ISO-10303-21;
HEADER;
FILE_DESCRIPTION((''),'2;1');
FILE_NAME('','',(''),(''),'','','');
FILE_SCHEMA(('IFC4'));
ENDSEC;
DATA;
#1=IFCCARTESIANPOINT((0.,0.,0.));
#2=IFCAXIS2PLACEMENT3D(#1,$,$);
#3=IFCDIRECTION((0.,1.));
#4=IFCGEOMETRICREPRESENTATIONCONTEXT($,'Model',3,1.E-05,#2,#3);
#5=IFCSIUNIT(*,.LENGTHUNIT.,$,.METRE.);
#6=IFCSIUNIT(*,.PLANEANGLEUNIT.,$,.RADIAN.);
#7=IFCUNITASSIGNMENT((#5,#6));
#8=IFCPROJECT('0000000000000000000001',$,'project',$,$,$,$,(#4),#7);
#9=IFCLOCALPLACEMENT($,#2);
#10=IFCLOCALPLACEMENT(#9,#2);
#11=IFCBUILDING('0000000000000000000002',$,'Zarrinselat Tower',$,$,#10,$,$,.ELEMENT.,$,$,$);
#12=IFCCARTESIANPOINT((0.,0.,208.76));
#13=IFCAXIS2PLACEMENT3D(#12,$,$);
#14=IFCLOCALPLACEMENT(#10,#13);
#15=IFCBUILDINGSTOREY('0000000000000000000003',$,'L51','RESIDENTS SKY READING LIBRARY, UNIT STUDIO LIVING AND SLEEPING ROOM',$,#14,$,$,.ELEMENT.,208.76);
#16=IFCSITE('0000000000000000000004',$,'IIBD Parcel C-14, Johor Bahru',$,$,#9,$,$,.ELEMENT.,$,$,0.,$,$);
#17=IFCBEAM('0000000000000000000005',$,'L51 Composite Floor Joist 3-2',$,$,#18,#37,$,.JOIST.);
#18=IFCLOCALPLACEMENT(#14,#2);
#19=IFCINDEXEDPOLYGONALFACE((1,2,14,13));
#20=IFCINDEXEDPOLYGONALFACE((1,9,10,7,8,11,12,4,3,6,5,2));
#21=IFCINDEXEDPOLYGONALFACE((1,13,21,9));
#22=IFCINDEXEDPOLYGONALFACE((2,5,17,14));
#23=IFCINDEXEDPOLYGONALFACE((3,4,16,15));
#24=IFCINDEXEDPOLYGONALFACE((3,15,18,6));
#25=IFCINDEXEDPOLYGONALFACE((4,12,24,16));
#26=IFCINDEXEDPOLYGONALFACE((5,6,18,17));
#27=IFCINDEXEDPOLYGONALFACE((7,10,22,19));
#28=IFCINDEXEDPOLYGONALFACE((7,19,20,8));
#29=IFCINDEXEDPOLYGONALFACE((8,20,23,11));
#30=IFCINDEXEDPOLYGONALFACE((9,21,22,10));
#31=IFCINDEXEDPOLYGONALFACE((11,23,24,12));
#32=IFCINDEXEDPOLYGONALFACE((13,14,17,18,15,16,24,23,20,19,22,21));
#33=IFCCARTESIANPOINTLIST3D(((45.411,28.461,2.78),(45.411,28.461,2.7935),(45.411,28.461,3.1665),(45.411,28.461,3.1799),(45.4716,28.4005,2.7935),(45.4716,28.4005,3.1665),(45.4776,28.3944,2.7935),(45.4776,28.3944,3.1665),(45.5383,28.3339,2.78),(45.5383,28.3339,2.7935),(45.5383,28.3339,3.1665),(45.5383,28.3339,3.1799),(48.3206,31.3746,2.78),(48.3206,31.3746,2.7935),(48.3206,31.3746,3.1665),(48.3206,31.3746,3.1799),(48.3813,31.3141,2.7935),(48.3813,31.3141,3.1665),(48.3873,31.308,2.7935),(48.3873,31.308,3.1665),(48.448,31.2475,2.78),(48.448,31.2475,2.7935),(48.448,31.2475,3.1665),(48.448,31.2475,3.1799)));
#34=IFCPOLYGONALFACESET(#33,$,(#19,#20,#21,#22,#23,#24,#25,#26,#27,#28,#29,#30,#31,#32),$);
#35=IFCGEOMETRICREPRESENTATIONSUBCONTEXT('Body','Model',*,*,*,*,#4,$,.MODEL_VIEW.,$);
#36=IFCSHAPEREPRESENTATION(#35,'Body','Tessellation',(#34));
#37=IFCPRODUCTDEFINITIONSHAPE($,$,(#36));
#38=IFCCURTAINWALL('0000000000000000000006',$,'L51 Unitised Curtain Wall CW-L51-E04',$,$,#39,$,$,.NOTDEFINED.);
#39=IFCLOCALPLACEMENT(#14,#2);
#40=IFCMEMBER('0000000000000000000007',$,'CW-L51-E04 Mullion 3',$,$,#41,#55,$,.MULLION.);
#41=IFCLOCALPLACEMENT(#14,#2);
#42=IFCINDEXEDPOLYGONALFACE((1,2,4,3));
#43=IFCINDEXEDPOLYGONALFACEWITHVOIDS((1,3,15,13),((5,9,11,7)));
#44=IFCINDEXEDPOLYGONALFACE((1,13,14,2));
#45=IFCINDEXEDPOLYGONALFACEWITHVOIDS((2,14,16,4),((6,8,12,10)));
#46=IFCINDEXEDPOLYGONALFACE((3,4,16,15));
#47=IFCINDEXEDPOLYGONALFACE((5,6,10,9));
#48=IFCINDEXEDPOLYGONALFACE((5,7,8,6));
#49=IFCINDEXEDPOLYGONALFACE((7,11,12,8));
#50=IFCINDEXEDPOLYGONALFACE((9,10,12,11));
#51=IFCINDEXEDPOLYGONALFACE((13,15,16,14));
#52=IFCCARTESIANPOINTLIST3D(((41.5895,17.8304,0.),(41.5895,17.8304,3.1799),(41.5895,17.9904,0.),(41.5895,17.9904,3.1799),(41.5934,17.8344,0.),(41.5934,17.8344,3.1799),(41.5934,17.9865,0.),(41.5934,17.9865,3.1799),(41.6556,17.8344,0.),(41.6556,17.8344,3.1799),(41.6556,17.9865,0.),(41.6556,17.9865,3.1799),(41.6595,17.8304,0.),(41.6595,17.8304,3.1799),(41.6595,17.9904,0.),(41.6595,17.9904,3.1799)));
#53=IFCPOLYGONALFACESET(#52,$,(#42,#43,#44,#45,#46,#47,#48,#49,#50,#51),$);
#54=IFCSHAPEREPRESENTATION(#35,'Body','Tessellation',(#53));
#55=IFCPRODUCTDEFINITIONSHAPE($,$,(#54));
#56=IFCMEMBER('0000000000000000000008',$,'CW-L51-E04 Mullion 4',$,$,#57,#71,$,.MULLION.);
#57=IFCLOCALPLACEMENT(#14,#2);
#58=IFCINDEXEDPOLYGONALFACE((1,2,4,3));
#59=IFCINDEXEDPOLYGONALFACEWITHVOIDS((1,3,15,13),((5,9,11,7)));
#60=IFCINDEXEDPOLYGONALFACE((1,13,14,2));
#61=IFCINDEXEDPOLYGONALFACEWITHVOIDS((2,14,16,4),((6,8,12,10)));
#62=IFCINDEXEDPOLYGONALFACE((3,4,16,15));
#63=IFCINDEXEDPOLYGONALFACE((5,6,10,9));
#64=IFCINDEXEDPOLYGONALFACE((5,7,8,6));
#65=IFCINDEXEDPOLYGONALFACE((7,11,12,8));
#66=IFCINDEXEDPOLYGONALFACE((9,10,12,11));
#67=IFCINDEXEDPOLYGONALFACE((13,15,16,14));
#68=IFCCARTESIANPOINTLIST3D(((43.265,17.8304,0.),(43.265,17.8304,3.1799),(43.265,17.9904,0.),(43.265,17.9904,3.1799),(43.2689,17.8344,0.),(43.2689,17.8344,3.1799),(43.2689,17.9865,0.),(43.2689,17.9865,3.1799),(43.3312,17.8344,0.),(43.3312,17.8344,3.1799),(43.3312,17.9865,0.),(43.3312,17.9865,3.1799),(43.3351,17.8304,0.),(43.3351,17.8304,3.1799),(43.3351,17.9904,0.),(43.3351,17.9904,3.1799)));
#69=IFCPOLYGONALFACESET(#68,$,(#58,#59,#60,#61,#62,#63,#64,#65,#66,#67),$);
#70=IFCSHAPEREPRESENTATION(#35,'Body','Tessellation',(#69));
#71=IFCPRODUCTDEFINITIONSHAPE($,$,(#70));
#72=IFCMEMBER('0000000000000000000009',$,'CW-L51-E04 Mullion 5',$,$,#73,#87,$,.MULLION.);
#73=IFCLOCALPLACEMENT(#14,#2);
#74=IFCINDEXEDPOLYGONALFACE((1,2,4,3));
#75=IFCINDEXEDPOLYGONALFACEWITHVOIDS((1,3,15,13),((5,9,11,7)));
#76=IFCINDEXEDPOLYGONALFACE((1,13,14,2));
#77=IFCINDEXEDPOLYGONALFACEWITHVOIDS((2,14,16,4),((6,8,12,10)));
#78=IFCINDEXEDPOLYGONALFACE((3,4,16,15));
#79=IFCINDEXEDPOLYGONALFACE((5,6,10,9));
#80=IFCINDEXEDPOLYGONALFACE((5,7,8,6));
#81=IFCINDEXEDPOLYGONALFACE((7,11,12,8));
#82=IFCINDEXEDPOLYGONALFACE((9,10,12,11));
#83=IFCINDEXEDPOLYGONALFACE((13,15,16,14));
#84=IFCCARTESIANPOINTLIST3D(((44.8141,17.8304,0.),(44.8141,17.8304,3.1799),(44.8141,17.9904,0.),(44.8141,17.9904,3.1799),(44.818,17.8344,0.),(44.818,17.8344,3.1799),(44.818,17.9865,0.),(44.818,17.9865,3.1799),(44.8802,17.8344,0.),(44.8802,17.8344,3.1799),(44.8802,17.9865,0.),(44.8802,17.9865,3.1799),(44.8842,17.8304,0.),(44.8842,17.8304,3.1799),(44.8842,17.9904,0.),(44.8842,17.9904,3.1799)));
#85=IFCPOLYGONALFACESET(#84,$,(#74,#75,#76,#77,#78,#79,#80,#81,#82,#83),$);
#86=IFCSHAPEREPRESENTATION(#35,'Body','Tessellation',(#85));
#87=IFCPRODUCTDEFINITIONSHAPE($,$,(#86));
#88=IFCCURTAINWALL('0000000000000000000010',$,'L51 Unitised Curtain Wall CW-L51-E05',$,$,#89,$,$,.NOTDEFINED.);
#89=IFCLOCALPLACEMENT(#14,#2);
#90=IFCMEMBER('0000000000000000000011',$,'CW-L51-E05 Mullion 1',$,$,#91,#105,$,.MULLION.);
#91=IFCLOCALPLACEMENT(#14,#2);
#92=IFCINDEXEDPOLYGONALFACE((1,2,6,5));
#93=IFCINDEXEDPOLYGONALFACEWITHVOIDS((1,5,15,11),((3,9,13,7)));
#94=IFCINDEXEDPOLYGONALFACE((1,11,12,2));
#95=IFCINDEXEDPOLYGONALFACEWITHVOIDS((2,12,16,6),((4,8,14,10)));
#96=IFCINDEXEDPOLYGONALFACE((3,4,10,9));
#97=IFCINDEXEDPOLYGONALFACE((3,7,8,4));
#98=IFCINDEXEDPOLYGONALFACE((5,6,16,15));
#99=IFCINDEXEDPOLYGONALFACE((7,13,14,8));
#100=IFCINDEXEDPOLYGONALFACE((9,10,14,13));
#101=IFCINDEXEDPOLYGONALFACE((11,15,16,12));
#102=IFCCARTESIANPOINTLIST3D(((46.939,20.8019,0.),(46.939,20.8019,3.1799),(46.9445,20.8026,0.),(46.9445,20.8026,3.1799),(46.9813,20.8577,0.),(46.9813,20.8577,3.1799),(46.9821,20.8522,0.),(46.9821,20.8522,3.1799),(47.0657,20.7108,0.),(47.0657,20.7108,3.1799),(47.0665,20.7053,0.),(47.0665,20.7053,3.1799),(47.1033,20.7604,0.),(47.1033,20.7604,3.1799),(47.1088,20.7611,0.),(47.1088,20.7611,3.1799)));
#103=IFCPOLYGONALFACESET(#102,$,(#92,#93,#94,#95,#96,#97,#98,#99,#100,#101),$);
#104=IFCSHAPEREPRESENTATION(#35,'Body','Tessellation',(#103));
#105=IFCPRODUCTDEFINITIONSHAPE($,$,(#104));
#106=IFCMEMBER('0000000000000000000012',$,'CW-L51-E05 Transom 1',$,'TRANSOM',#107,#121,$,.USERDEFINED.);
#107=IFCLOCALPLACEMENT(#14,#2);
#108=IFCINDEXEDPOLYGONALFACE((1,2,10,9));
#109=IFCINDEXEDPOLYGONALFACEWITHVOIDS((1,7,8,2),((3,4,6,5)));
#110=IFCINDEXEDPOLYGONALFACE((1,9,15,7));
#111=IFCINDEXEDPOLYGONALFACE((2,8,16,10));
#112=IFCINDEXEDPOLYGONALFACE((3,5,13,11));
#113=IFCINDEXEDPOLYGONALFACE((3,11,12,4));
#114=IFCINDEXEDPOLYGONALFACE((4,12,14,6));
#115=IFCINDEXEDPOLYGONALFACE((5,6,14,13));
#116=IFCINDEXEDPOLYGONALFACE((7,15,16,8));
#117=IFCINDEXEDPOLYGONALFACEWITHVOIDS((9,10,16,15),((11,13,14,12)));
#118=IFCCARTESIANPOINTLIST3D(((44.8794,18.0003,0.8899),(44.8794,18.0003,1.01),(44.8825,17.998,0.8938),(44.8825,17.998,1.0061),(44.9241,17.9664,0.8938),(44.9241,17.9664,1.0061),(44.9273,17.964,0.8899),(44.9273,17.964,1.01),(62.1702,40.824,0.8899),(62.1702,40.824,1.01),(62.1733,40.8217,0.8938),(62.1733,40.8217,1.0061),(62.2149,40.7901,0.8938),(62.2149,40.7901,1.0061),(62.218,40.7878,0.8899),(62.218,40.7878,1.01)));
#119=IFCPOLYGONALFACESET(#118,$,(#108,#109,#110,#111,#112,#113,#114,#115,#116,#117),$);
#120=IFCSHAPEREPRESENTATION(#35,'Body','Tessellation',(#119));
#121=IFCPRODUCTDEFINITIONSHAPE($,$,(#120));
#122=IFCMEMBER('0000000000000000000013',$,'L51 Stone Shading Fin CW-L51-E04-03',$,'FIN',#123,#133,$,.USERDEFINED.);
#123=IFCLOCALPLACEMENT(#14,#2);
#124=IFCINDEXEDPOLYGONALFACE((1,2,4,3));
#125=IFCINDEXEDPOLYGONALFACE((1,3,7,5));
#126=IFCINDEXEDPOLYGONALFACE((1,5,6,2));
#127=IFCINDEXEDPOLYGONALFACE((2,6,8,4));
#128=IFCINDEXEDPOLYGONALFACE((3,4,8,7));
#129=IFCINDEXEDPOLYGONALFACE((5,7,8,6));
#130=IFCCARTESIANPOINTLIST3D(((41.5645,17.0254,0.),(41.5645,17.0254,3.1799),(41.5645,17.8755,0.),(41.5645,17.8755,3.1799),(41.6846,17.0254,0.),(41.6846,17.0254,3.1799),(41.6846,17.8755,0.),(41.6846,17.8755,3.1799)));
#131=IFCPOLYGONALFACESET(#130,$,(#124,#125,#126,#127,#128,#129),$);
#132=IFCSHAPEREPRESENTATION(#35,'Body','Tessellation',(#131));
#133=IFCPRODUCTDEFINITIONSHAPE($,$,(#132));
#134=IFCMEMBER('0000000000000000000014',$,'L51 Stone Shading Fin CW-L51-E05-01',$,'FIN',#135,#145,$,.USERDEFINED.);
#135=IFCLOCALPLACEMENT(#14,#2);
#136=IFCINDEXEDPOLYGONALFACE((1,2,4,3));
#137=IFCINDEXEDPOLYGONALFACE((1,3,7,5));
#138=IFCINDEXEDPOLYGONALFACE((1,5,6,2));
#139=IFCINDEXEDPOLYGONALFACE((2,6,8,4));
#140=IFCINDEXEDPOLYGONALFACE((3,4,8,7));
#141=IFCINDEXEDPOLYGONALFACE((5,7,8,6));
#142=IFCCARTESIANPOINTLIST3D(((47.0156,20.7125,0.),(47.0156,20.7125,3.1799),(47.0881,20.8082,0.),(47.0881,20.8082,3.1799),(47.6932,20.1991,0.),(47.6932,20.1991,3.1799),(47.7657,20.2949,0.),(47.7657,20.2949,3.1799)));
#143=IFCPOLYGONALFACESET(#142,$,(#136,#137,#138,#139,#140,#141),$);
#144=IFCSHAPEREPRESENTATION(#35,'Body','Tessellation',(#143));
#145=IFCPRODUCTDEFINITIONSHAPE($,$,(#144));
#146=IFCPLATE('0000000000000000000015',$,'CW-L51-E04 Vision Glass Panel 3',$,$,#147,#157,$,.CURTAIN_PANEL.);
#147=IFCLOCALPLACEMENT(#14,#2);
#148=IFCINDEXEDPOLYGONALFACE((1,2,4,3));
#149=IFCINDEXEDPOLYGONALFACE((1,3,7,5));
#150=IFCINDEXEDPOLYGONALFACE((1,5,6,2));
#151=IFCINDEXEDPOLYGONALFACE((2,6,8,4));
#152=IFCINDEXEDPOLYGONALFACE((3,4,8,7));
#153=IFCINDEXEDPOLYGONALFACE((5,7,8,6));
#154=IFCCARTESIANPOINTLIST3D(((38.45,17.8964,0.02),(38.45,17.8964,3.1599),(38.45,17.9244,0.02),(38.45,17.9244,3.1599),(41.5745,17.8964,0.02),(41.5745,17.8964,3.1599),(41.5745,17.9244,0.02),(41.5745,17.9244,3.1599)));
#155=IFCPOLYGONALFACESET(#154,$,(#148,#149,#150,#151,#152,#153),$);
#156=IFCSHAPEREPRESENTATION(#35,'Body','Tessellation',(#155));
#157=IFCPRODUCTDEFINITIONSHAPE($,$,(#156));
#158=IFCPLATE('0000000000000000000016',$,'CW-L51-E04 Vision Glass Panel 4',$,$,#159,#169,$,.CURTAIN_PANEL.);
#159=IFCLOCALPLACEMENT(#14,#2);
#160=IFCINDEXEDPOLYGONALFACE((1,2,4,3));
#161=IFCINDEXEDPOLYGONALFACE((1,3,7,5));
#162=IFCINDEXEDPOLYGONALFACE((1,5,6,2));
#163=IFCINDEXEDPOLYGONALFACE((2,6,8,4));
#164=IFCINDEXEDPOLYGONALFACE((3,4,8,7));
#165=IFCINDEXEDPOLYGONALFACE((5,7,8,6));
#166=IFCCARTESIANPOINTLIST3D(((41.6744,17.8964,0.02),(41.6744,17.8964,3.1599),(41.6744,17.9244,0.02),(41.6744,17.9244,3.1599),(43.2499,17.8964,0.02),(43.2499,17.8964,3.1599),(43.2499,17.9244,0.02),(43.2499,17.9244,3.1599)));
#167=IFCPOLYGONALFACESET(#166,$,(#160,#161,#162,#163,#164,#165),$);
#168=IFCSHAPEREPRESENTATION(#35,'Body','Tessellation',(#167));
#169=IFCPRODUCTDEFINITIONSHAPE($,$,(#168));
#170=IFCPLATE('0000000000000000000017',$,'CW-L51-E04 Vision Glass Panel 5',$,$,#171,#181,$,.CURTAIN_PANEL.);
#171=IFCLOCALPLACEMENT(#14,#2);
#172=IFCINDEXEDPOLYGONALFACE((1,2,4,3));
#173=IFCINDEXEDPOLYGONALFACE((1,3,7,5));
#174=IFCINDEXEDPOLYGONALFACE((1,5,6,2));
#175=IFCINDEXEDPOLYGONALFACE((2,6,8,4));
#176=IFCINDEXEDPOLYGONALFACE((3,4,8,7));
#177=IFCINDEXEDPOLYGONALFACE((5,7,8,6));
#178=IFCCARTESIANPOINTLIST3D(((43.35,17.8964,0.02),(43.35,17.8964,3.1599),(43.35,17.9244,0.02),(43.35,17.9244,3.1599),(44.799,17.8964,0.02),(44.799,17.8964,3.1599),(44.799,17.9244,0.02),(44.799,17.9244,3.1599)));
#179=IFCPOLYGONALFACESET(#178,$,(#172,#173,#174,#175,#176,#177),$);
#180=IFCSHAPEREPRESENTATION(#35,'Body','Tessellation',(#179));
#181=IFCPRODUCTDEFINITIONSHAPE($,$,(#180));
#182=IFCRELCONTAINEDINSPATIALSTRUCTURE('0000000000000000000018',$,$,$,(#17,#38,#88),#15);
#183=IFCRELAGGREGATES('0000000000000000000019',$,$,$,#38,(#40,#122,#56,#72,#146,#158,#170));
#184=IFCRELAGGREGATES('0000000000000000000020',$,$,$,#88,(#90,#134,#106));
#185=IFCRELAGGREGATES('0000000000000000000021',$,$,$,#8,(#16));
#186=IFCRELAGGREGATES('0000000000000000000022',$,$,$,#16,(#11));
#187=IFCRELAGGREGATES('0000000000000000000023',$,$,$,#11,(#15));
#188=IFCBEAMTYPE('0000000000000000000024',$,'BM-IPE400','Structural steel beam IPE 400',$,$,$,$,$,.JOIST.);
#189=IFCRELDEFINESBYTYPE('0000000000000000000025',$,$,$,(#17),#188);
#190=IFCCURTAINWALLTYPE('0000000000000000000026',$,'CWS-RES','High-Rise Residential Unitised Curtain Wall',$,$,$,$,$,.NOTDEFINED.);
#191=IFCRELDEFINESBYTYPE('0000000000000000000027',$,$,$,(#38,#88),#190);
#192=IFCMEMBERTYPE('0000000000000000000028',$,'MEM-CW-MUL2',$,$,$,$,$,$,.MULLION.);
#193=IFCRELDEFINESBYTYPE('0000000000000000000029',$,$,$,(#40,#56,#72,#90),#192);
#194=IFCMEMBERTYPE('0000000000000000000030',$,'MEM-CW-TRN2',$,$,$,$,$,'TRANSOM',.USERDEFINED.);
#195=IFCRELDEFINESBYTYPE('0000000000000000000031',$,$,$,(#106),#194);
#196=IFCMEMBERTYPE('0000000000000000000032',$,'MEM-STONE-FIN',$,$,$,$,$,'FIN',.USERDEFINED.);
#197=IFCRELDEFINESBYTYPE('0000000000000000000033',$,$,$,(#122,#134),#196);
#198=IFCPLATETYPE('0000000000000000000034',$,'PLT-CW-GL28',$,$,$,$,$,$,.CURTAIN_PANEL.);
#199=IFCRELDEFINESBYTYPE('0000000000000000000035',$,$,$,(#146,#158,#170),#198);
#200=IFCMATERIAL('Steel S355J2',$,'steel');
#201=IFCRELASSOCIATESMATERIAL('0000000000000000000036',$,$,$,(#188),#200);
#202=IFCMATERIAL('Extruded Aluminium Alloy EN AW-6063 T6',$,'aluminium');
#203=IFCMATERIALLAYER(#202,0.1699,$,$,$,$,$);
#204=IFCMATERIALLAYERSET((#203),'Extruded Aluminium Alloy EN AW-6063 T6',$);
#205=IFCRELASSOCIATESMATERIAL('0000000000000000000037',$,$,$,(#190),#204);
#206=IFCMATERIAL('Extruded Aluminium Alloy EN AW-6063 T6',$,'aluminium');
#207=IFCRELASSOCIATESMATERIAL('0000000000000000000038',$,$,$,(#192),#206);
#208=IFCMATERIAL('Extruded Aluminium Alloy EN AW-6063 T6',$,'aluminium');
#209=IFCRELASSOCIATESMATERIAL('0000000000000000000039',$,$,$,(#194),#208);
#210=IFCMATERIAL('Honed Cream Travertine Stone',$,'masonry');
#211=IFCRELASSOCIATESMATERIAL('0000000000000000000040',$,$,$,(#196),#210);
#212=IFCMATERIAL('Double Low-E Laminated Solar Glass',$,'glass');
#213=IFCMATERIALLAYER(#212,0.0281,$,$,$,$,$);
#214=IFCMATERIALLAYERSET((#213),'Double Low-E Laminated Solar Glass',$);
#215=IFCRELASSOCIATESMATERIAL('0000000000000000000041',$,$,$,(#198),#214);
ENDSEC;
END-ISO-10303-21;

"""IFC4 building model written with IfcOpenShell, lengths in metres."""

from ifc_helpers import new_model, si_unit, direction, frame, origin, origin_2d, place, context, subcontext, project, spatial, rectangle, hollow_rectangle, i_section, extrude, material, layer, layer_set, material_profile, profile_set, type_object, element, aggregate, save


model = new_model("IFC4")

# Units and contexts
model_context = context("Model", 3, precision=1e-05, world=origin(), true_north=direction((0.0, 1.0)))
body_context = subcontext(model_context, "Body", "Model", "MODEL_VIEW")
ifc_project = project(units=[si_unit("LENGTHUNIT", "METRE"), si_unit("PLANEANGLEUNIT", "RADIAN")], contexts=[model_context])

# Site, building, storey
site_placement = place(None, origin())
site = spatial("IfcSite", under=ifc_project, at=site_placement, Name="IIBD Parcel C-14, Johor Bahru", CompositionType="ELEMENT", RefElevation=0.0)
building_placement = place(site_placement, origin())
building = spatial("IfcBuilding", under=site, at=building_placement, Name="Zarrinselat Tower", CompositionType="ELEMENT")
storey_placement = place(building_placement, frame((0.0, 0.0, 208.76)))
storey = spatial("IfcBuildingStorey", under=building, at=storey_placement, Name="L51", Description="RESIDENTS SKY READING LIBRARY, UNIT STUDIO LIVING AND SLEEPING ROOM", CompositionType="ELEMENT", Elevation=208.76)

# Beam
ifc_material_1 = material(Name="Steel S355J2", Category="steel")
ifc_material_profile_1 = material_profile(ifc_material_1, i_section(OverallWidth=0.1799, OverallDepth=0.3999, WebThickness=0.0085, FlangeThickness=0.0134, at=origin_2d()), Name="IPE 400")
ifc_profile_set_1 = profile_set([ifc_material_profile_1], Name="Steel S355J2")
beam_type_1 = type_object("IfcBeamType", Name="BM-IPE400", Description="Structural steel beam IPE 400", PredefinedType="JOIST", material=ifc_profile_set_1)
beam_1_placement = place(storey_placement, frame((45.4746, 28.3975, 2.98), z_axis=(0.706632, 0.707581, 0.0), x_axis=(-0.707581, 0.706632, 0.0)))
element("IfcBeam", 1, at=beam_1_placement, inside=storey, type_object=beam_type_1, Name="L51 Composite Floor Joist 3-2", PredefinedType="JOIST", context=body_context, shape_type="SweptSolid", body=[
    extrude(i_section(OverallWidth=0.1799, OverallDepth=0.3999, WebThickness=0.0085, FlangeThickness=0.0134, at=origin_2d()), origin(), (0.0, 0.0, 1.0), 4.1177),
])

# Curtain walls, members
ifc_material_2 = material(Name="Extruded Aluminium Alloy EN AW-6063 T6", Category="aluminium")
ifc_layer_1 = layer(ifc_material_2, 0.1699)
ifc_layer_set_1 = layer_set([ifc_layer_1], Name="Extruded Aluminium Alloy EN AW-6063 T6")
curtain_wall_type = type_object("IfcCurtainWallType", Name="CWS-RES", Description="High-Rise Residential Unitised Curtain Wall", PredefinedType="NOTDEFINED", material=ifc_layer_set_1)
curtain_wall_1_placement = place(storey_placement, origin())
curtain_wall_1 = element("IfcCurtainWall", 2, at=curtain_wall_1_placement, inside=storey, type_object=curtain_wall_type, Name="L51 Unitised Curtain Wall CW-L51-E04", PredefinedType="NOTDEFINED")
ifc_material_3 = material(Name="Extruded Aluminium Alloy EN AW-6063 T6", Category="aluminium")
ifc_material_profile_2 = material_profile(ifc_material_3, hollow_rectangle(XDim=0.0701, YDim=0.1599, WallThickness=0.0039, at=origin_2d()), Name="RHS 160x70x4")
ifc_profile_set_2 = profile_set([ifc_material_profile_2], Name="Extruded Aluminium Alloy EN AW-6063 T6")
member_type_1 = type_object("IfcMemberType", Name="MEM-CW-MUL2", PredefinedType="MULLION", material=ifc_profile_set_2)
member_1_placement = place(storey_placement, frame((41.6245, 17.9104, 0.0), z_axis=(0.0, 0.0, 1.0), x_axis=(1.0, 0.0, 0.0)))
member_1 = element("IfcMember", 3, at=member_1_placement, type_object=member_type_1, Name="CW-L51-E04 Mullion 3", PredefinedType="MULLION", context=body_context, shape_type="SweptSolid", body=[
    extrude(hollow_rectangle(XDim=0.0701, YDim=0.1599, WallThickness=0.0039, at=origin_2d()), origin(), (0.0, 0.0, 1.0), 3.1799),
])
member_2_placement = place(storey_placement, frame((43.3, 17.9104, 0.0), z_axis=(0.0, 0.0, 1.0), x_axis=(1.0, 0.0, 0.0)))
member_2 = element("IfcMember", 4, at=member_2_placement, type_object=member_type_1, Name="CW-L51-E04 Mullion 4", PredefinedType="MULLION", context=body_context, shape_type="SweptSolid", body=[
    extrude(hollow_rectangle(XDim=0.0701, YDim=0.1599, WallThickness=0.0039, at=origin_2d()), origin(), (0.0, 0.0, 1.0), 3.1799),
])
member_3_placement = place(storey_placement, frame((44.8491, 17.9104, 0.0), z_axis=(0.0, 0.0, 1.0), x_axis=(1.0, 0.0, 0.0)))
member_3 = element("IfcMember", 5, at=member_3_placement, type_object=member_type_1, Name="CW-L51-E04 Mullion 5", PredefinedType="MULLION", context=body_context, shape_type="SweptSolid", body=[
    extrude(hollow_rectangle(XDim=0.0701, YDim=0.1599, WallThickness=0.0039, at=origin_2d()), origin(), (0.0, 0.0, 1.0), 3.1799),
])
curtain_wall_2_placement = place(storey_placement, origin())
curtain_wall_2 = element("IfcCurtainWall", 6, at=curtain_wall_2_placement, inside=storey, type_object=curtain_wall_type, Name="L51 Unitised Curtain Wall CW-L51-E05", PredefinedType="NOTDEFINED")
member_4_placement = place(storey_placement, frame((47.0239, 20.7815, 0.0), z_axis=(0.0, 0.0, 1.0), x_axis=(0.603859, 0.797091, 0.0)))
member_4 = element("IfcMember", 7, at=member_4_placement, type_object=member_type_1, Name="CW-L51-E05 Mullion 1", PredefinedType="MULLION", context=body_context, shape_type="SweptSolid", body=[
    extrude(hollow_rectangle(XDim=0.0701, YDim=0.1599, WallThickness=0.0039, at=origin_2d()), origin(), (0.0, 0.0, 1.0), 3.1799),
])
ifc_material_4 = material(Name="Extruded Aluminium Alloy EN AW-6063 T6", Category="aluminium")
ifc_material_profile_3 = material_profile(ifc_material_4, hollow_rectangle(XDim=0.0601, YDim=0.1201, WallThickness=0.0039, at=origin_2d()), Name="RHS 120x60x4")
ifc_profile_set_3 = profile_set([ifc_material_profile_3], Name="Extruded Aluminium Alloy EN AW-6063 T6")
member_type_2 = type_object("IfcMemberType", Name="MEM-CW-TRN2", ElementType="TRANSOM", PredefinedType="USERDEFINED", material=ifc_profile_set_3)
member_5_placement = place(storey_placement, frame((44.9033, 17.9822, 0.95), z_axis=(0.603859, 0.797091, 0.0), x_axis=(-0.797091, 0.603859, 0.0)))
member_5 = element("IfcMember", 8, at=member_5_placement, type_object=member_type_2, Name="CW-L51-E05 Transom 1", ObjectType="TRANSOM", PredefinedType="USERDEFINED", context=body_context, shape_type="SweptSolid", body=[
    extrude(hollow_rectangle(XDim=0.0601, YDim=0.1201, WallThickness=0.0039, at=origin_2d()), origin(), (0.0, 0.0, 1.0), 28.6338),
])

# Members
ifc_material_5 = material(Name="Honed Cream Travertine Stone", Category="masonry")
ifc_material_profile_4 = material_profile(ifc_material_5, rectangle(XDim=0.1201, YDim=0.8501, at=origin_2d()), Name="FIN 850x120")
ifc_profile_set_4 = profile_set([ifc_material_profile_4], Name="Honed Cream Travertine Stone")
member_type_3 = type_object("IfcMemberType", Name="MEM-STONE-FIN", ElementType="FIN", PredefinedType="USERDEFINED", material=ifc_profile_set_4)
member_6_placement = place(storey_placement, frame((41.6245, 17.4504, 0.0), z_axis=(0.0, 0.0, 1.0), x_axis=(-1.0, 0.0, 0.0)))
member_6 = element("IfcMember", 9, at=member_6_placement, type_object=member_type_3, Name="L51 Stone Shading Fin CW-L51-E04-03", ObjectType="FIN", PredefinedType="USERDEFINED", context=body_context, shape_type="SweptSolid", body=[
    extrude(rectangle(XDim=0.1201, YDim=0.8501, at=origin_2d()), origin(), (0.0, 0.0, 1.0), 3.1799),
])
member_7_placement = place(storey_placement, frame((47.3906, 20.5037, 0.0), z_axis=(0.0, 0.0, 1.0), x_axis=(-0.603859, -0.797091, 0.0)))
member_7 = element("IfcMember", 10, at=member_7_placement, type_object=member_type_3, Name="L51 Stone Shading Fin CW-L51-E05-01", ObjectType="FIN", PredefinedType="USERDEFINED", context=body_context, shape_type="SweptSolid", body=[
    extrude(rectangle(XDim=0.1201, YDim=0.8501, at=origin_2d()), origin(), (0.0, 0.0, 1.0), 3.1799),
])

# Plates
ifc_material_6 = material(Name="Double Low-E Laminated Solar Glass", Category="glass")
ifc_layer_2 = layer(ifc_material_6, 0.0281)
ifc_layer_set_2 = layer_set([ifc_layer_2], Name="Double Low-E Laminated Solar Glass")
plate_type = type_object("IfcPlateType", Name="PLT-CW-GL28", PredefinedType="CURTAIN_PANEL", material=ifc_layer_set_2)
plate_1_placement = place(storey_placement, frame((40.0122, 17.9104, 0.02), z_axis=(0.0, 0.0, 1.0), x_axis=(1.0, 0.0, 0.0)))
plate_1 = element("IfcPlate", 11, at=plate_1_placement, type_object=plate_type, Name="CW-L51-E04 Vision Glass Panel 3", PredefinedType="CURTAIN_PANEL", context=body_context, shape_type="SweptSolid", body=[
    extrude(rectangle(XDim=3.1245, YDim=0.0281, at=origin_2d()), origin(), (0.0, 0.0, 1.0), 3.1399),
])
plate_2_placement = place(storey_placement, frame((42.4622, 17.9104, 0.02), z_axis=(0.0, 0.0, 1.0), x_axis=(1.0, 0.0, 0.0)))
plate_2 = element("IfcPlate", 12, at=plate_2_placement, type_object=plate_type, Name="CW-L51-E04 Vision Glass Panel 4", PredefinedType="CURTAIN_PANEL", context=body_context, shape_type="SweptSolid", body=[
    extrude(rectangle(XDim=1.5754, YDim=0.0281, at=origin_2d()), origin(), (0.0, 0.0, 1.0), 3.1399),
])
plate_3_placement = place(storey_placement, frame((44.0745, 17.9104, 0.02), z_axis=(0.0, 0.0, 1.0), x_axis=(1.0, 0.0, 0.0)))
plate_3 = element("IfcPlate", 13, at=plate_3_placement, type_object=plate_type, Name="CW-L51-E04 Vision Glass Panel 5", PredefinedType="CURTAIN_PANEL", context=body_context, shape_type="SweptSolid", body=[
    extrude(rectangle(XDim=1.449, YDim=0.0281, at=origin_2d()), origin(), (0.0, 0.0, 1.0), 3.1399),
])
aggregate(curtain_wall_1, [member_1, member_6, member_2, member_3, plate_1, plate_2, plate_3])
aggregate(curtain_wall_2, [member_4, member_7, member_5])

save(model, "model.ifc")
